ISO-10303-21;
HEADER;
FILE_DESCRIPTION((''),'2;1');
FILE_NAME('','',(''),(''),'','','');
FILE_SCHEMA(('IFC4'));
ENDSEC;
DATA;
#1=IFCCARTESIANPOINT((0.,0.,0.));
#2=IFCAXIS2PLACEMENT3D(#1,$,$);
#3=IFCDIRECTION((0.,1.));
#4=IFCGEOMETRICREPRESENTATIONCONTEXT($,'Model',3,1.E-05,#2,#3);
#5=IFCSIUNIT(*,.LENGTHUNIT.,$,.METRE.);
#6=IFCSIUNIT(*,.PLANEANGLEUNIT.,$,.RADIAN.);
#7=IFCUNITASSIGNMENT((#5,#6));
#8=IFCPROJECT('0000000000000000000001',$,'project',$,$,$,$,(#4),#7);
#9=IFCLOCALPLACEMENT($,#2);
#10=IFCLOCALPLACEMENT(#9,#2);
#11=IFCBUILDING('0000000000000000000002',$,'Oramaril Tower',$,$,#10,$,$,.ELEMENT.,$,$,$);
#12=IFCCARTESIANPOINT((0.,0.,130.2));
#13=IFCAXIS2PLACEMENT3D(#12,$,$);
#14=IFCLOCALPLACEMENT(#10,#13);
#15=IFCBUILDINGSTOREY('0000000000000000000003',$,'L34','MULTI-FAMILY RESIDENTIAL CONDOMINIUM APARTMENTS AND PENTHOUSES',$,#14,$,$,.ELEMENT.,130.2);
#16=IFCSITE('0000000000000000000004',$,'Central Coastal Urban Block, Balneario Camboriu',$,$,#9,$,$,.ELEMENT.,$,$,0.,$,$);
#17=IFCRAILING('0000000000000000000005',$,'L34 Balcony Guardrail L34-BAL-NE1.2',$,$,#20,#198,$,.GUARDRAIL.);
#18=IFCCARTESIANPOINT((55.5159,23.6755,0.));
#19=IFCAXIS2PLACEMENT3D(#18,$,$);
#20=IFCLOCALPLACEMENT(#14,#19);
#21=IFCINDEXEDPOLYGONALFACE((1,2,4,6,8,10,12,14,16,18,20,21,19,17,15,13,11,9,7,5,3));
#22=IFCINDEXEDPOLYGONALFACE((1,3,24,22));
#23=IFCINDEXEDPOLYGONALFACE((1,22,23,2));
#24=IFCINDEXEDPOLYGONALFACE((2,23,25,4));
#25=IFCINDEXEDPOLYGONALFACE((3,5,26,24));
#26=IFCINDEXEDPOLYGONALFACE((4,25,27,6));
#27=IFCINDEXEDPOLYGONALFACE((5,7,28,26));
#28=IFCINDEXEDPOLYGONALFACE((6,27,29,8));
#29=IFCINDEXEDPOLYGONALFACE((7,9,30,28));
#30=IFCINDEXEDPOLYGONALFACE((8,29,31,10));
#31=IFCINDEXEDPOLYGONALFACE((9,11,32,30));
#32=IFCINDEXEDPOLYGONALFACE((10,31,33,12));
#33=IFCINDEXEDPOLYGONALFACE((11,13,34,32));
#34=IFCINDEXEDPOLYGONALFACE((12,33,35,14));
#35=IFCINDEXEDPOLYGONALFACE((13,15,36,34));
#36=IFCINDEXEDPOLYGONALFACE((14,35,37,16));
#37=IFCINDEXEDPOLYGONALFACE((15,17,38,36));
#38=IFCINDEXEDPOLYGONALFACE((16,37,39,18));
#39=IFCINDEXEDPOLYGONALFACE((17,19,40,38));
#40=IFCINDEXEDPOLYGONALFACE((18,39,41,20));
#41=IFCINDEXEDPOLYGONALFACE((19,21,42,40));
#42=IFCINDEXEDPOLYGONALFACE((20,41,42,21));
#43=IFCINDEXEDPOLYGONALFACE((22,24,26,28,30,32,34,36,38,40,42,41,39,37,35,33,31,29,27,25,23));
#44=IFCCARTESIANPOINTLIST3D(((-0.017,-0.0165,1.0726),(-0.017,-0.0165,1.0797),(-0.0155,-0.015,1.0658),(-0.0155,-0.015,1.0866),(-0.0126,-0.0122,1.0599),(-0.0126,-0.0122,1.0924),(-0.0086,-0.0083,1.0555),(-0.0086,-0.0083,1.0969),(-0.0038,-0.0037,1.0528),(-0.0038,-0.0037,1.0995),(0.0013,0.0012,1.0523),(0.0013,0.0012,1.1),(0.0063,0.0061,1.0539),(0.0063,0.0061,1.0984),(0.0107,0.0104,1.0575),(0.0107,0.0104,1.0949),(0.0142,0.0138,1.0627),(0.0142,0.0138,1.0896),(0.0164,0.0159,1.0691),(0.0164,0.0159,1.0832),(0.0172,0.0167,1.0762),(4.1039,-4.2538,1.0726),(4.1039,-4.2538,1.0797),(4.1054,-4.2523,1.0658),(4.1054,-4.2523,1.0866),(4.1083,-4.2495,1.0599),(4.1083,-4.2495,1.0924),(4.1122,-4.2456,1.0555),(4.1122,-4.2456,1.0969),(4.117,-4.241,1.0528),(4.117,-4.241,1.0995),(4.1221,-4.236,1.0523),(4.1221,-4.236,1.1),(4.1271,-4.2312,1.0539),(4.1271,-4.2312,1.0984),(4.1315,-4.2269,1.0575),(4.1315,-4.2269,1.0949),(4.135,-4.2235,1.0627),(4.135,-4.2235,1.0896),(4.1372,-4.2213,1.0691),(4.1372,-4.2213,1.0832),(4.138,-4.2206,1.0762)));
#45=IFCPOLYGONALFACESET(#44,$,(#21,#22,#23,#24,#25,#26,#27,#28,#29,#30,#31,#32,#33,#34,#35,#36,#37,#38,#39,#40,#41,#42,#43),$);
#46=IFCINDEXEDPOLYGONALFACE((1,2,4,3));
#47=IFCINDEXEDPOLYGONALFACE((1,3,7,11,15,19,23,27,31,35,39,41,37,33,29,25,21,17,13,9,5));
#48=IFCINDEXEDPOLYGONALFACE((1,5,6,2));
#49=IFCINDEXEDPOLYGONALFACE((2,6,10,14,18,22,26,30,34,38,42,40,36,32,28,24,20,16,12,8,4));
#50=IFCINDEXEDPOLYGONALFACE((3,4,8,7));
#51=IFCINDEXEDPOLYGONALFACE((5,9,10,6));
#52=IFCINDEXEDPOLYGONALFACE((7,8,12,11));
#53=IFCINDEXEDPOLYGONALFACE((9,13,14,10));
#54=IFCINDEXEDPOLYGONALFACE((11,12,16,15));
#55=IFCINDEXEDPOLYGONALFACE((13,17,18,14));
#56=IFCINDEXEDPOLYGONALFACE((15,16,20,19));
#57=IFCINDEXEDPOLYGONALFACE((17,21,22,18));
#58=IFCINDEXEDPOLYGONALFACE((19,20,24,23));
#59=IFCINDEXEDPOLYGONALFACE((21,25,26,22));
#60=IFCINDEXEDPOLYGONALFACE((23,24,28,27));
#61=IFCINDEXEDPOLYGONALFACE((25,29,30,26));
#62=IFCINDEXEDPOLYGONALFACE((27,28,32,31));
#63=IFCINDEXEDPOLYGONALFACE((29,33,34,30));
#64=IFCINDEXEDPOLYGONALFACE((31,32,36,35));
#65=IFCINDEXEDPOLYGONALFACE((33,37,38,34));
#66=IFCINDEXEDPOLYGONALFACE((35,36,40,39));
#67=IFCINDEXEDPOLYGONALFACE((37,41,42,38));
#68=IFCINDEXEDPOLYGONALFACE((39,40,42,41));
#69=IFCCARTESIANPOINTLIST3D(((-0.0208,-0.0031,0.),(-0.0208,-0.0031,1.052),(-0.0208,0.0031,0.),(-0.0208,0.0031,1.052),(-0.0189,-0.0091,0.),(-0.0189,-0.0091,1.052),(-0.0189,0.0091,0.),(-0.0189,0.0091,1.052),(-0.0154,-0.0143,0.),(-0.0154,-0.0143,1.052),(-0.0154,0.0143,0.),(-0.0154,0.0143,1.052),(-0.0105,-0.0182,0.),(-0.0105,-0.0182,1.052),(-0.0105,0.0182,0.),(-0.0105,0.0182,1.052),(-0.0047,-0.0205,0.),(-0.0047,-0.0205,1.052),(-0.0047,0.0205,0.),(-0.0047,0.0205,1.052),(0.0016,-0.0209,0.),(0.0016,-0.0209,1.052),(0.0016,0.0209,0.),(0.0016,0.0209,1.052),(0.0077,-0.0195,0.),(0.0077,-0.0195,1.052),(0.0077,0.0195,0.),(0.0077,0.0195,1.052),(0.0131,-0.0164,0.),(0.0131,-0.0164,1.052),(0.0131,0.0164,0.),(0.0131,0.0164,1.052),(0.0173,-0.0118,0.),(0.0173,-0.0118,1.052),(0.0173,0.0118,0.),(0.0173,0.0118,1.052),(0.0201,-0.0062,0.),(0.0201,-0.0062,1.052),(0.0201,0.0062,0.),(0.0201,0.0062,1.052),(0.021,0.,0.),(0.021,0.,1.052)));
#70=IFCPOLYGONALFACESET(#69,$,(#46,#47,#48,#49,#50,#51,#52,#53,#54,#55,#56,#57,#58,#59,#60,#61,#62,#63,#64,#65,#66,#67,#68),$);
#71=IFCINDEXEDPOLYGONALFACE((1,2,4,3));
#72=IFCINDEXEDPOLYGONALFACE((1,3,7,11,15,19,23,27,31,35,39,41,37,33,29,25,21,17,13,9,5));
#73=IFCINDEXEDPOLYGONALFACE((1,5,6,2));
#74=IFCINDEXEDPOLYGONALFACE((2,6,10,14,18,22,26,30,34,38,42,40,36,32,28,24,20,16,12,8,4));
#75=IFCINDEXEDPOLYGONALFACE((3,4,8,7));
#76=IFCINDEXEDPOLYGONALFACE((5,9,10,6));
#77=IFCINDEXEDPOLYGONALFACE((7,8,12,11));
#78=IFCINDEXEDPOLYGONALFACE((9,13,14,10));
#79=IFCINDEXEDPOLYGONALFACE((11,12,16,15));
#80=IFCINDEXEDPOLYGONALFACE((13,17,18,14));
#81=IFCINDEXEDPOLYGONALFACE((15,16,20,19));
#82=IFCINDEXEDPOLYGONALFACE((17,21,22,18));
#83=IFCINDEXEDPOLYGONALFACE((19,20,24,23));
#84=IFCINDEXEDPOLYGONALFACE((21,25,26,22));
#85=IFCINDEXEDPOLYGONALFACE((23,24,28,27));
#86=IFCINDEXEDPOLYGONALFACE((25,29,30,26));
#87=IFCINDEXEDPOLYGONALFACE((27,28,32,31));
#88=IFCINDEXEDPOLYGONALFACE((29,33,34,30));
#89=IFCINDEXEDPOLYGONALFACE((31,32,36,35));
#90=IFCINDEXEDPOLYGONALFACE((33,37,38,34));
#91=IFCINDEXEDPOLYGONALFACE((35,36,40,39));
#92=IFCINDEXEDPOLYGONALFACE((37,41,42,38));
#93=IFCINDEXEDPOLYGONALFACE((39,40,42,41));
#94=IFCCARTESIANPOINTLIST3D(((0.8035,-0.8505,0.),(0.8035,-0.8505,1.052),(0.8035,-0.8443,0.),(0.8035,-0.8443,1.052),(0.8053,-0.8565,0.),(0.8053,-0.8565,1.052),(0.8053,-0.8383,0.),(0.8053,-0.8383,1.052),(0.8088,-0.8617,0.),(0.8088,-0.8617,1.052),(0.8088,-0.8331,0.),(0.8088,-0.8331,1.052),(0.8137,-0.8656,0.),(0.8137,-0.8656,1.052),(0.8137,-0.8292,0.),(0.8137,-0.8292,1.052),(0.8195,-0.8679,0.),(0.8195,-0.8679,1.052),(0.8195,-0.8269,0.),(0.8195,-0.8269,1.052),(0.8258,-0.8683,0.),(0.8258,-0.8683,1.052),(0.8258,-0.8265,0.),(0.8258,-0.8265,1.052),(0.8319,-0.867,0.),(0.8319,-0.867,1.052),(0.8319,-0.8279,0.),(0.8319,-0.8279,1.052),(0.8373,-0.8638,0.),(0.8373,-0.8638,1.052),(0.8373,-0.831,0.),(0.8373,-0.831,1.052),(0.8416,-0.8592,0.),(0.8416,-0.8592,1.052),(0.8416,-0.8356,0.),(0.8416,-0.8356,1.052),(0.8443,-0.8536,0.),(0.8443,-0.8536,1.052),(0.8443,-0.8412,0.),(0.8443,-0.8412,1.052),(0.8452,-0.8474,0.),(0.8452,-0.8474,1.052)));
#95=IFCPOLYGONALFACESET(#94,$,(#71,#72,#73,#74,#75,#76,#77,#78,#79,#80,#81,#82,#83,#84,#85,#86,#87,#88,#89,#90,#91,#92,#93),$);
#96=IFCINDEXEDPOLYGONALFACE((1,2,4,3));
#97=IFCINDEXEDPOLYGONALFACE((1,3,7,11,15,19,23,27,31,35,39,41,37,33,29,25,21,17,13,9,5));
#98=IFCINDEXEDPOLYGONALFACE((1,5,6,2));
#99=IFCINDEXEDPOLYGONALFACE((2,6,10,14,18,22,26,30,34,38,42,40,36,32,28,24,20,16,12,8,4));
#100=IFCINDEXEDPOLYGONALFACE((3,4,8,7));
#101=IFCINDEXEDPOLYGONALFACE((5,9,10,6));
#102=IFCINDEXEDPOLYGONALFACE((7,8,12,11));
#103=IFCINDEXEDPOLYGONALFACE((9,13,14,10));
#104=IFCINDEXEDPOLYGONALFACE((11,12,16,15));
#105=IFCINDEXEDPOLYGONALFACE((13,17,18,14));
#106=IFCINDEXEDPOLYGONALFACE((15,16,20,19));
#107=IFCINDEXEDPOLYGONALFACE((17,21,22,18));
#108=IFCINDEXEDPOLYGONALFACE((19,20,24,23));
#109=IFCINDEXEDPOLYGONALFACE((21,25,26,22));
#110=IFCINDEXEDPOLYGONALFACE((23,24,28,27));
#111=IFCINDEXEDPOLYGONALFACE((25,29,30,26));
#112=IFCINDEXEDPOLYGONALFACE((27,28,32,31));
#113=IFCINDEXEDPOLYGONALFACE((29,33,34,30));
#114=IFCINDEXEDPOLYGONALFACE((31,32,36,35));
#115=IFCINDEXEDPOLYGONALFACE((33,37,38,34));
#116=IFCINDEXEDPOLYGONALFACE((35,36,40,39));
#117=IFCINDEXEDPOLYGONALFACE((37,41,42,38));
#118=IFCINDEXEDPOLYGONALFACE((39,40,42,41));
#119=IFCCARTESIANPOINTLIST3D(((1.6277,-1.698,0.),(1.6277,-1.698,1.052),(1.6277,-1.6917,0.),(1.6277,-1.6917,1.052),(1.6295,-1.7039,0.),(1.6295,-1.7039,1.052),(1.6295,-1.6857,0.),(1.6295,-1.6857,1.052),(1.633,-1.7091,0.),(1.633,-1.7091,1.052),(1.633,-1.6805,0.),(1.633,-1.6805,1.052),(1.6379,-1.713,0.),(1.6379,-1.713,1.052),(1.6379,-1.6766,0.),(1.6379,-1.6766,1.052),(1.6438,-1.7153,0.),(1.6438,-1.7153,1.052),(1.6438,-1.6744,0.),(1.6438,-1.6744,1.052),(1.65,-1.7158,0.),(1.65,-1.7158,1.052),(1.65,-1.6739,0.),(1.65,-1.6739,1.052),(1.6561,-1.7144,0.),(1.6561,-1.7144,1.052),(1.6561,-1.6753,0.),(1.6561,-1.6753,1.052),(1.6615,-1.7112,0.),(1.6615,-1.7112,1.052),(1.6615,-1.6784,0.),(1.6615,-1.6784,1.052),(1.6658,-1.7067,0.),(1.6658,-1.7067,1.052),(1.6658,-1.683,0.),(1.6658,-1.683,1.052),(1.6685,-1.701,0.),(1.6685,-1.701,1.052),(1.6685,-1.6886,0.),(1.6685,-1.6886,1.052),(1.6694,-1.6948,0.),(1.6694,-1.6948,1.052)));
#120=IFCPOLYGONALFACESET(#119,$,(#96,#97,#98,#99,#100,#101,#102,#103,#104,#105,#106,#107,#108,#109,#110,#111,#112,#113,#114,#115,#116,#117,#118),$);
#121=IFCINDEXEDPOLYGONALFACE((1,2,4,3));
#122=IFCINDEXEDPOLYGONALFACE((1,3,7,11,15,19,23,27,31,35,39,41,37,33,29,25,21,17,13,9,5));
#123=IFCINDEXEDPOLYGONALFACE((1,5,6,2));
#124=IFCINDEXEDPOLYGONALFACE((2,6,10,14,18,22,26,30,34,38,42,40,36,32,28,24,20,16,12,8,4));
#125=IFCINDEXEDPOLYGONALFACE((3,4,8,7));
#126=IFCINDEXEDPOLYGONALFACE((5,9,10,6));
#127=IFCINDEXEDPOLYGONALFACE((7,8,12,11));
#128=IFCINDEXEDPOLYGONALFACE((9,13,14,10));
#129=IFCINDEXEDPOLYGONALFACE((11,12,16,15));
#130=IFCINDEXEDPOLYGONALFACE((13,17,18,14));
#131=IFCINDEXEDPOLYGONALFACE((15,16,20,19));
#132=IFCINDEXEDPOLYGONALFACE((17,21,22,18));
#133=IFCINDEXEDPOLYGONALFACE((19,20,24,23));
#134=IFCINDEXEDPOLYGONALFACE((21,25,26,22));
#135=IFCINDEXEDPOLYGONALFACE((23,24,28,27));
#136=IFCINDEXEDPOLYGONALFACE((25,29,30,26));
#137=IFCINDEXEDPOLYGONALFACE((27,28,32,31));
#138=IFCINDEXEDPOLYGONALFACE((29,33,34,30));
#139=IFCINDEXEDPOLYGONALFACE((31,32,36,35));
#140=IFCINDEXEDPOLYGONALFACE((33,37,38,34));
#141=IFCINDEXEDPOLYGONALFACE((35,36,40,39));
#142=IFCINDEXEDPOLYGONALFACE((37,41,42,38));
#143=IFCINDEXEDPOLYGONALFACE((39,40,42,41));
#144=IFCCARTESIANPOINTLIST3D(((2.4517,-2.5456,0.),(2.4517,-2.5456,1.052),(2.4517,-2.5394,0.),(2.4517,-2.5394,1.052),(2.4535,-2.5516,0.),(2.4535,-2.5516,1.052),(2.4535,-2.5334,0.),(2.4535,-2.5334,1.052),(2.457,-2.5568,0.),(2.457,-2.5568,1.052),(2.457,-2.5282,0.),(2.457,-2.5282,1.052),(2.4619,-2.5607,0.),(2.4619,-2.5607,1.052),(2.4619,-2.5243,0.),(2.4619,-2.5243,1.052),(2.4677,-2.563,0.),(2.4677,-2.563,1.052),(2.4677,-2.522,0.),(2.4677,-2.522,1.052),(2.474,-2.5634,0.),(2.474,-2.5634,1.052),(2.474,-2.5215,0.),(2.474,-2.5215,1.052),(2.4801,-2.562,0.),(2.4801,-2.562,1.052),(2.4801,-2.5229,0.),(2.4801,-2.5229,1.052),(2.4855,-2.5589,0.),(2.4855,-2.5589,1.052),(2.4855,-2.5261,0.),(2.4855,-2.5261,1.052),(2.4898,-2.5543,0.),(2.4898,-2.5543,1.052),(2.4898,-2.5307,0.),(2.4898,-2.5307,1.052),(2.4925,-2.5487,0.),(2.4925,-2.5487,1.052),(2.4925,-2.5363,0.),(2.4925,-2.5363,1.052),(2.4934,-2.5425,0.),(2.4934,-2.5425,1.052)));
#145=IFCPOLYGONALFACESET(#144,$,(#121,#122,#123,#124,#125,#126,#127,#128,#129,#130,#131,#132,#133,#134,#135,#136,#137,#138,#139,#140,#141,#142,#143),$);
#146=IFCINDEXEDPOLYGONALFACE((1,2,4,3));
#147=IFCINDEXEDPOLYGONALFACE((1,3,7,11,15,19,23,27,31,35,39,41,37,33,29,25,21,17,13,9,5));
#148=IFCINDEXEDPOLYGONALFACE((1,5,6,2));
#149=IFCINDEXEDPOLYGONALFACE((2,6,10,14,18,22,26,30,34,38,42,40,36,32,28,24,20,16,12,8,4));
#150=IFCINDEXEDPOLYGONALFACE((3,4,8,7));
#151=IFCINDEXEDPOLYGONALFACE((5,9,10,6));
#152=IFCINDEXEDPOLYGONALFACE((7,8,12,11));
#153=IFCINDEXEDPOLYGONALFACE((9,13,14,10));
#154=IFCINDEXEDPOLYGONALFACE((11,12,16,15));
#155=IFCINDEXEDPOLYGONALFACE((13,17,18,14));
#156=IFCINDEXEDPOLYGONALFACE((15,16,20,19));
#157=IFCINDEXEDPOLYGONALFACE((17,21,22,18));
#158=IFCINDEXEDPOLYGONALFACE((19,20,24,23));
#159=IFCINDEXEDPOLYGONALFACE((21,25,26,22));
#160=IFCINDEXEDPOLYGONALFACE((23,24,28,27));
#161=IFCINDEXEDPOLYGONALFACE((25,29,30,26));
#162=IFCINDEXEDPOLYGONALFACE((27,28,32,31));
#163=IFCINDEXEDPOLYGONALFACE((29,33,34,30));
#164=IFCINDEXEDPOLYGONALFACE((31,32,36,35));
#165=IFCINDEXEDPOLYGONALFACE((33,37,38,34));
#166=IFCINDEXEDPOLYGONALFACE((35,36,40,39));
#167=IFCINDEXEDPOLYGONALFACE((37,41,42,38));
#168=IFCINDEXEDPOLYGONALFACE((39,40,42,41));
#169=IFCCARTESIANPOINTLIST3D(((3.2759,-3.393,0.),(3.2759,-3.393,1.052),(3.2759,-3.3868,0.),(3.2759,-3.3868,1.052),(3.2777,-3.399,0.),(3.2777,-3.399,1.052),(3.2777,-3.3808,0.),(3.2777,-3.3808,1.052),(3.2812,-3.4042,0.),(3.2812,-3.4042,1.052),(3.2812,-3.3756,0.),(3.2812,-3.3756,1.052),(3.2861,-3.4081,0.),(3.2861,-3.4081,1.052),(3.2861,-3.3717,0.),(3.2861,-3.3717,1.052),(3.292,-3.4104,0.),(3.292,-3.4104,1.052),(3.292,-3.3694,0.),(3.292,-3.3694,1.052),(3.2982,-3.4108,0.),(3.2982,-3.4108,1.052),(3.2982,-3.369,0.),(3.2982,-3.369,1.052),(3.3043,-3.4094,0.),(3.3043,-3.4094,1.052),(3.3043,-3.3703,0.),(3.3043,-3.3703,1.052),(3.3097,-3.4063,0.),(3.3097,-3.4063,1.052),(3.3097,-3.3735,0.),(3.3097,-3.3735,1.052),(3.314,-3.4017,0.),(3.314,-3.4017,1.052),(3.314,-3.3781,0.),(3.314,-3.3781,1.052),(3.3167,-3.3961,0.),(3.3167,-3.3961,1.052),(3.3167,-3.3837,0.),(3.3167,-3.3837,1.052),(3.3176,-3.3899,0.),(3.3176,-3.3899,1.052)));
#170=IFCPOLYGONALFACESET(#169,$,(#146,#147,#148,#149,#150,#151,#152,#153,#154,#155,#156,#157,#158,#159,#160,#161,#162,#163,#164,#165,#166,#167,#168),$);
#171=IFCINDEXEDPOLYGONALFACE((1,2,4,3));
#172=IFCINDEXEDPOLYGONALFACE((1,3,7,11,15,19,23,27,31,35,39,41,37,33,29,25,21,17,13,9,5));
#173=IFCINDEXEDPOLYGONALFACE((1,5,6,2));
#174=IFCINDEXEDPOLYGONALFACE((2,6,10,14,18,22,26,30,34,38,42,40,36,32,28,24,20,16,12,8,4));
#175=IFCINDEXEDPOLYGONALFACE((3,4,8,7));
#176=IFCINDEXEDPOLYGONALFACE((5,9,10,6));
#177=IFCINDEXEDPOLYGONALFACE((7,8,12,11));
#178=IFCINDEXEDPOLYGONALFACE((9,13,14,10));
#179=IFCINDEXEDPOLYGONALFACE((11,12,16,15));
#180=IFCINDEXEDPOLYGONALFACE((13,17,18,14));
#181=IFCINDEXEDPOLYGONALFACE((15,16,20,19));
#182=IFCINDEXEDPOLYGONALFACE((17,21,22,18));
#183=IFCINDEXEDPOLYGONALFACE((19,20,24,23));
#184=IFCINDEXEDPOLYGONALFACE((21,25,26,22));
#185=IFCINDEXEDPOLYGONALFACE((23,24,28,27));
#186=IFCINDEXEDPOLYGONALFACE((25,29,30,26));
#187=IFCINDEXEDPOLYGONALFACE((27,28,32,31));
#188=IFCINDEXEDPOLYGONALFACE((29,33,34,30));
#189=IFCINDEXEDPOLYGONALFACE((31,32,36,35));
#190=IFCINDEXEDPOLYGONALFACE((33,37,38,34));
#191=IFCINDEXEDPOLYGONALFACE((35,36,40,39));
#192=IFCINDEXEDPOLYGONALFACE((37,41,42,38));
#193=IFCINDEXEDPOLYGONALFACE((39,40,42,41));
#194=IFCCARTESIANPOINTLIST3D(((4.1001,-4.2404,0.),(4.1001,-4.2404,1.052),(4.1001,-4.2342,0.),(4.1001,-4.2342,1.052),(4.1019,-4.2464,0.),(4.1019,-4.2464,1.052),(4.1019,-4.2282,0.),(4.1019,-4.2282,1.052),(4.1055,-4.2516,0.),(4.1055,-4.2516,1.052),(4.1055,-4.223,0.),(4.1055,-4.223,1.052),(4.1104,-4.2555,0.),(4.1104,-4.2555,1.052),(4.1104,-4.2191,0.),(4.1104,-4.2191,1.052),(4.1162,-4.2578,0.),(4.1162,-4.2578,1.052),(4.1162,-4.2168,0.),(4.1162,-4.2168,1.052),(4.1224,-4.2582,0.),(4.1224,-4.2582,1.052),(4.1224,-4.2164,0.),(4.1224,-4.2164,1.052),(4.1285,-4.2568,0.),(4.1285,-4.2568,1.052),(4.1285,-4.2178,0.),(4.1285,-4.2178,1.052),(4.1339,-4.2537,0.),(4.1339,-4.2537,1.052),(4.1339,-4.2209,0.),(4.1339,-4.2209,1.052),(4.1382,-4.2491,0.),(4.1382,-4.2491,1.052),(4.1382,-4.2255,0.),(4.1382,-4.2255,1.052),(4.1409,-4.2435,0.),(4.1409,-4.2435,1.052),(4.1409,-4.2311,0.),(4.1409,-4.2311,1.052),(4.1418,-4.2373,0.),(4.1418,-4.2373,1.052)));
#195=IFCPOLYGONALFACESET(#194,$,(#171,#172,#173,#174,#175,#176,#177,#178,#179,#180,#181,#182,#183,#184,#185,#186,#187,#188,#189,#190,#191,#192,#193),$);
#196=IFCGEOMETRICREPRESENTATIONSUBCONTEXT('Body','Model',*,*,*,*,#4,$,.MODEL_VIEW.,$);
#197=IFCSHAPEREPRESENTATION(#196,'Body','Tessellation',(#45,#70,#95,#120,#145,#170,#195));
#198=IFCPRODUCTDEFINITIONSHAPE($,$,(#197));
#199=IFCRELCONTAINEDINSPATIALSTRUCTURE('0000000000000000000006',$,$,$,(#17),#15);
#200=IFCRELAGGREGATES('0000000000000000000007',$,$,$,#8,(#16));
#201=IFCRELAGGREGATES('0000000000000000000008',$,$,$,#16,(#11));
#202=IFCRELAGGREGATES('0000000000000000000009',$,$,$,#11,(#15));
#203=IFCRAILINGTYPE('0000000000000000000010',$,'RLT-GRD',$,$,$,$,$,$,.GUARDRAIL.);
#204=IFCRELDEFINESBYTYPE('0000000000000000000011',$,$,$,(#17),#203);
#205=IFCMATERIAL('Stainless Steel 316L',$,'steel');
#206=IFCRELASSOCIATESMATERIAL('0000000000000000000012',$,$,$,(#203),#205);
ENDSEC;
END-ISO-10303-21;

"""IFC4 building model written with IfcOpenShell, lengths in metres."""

from ifc_helpers import new_model, si_unit, direction, frame, origin, origin_2d, place, context, subcontext, project, spatial, circle, extrude, material, type_object, element, save


model = new_model("IFC4")

# Units and contexts
model_context = context("Model", 3, precision=1e-05, world=origin(), true_north=direction((0.0, 1.0)))
body_context = subcontext(model_context, "Body", "Model", "MODEL_VIEW")
ifc_project = project(units=[si_unit("LENGTHUNIT", "METRE"), si_unit("PLANEANGLEUNIT", "RADIAN")], contexts=[model_context])

# Site, building, storey
site_placement = place(None, origin())
site = spatial("IfcSite", under=ifc_project, at=site_placement, Name="Central Coastal Urban Block, Balneario Camboriu", CompositionType="ELEMENT", RefElevation=0.0)
building_placement = place(site_placement, origin())
building = spatial("IfcBuilding", under=site, at=building_placement, Name="Oramaril Tower", CompositionType="ELEMENT")
storey_placement = place(building_placement, frame((0.0, 0.0, 130.2)))
storey = spatial("IfcBuildingStorey", under=building, at=storey_placement, Name="L34", Description="MULTI-FAMILY RESIDENTIAL CONDOMINIUM APARTMENTS AND PENTHOUSES", CompositionType="ELEMENT", Elevation=130.2)

# Railing
ifc_material_1 = material(Name="Stainless Steel 316L", Category="steel")
railing_type = type_object("IfcRailingType", Name="RLT-GRD", PredefinedType="GUARDRAIL", material=ifc_material_1)
railing_1_placement = place(storey_placement, frame((55.5159, 23.6755, 0.0)))
element("IfcRailing", 1, at=railing_1_placement, inside=storey, type_object=railing_type, Name="L34 Balcony Guardrail L34-BAL-NE1.2", PredefinedType="GUARDRAIL", context=body_context, shape_type="SweptSolid", body=[
    extrude(circle(Radius=0.0239, at=origin_2d()), frame((0.0, 0.0, 1.0762), z_axis=(0.697187, -0.716889, 0.0), x_axis=(0.716889, 0.697187, 0.0)), (0.0, 0.0, 1.0), 5.9106),
    extrude(circle(Radius=0.021, at=origin_2d()), origin(), (0.0, 0.0, 1.0), 1.052),
    extrude(circle(Radius=0.021, at=origin_2d()), frame((0.8242, -0.8474, 0.0)), (0.0, 0.0, 1.0), 1.052),
    extrude(circle(Radius=0.021, at=origin_2d()), frame((1.6484, -1.6948, 0.0)), (0.0, 0.0, 1.0), 1.052),
    extrude(circle(Radius=0.021, at=origin_2d()), frame((2.4724, -2.5425, 0.0)), (0.0, 0.0, 1.0), 1.052),
    extrude(circle(Radius=0.021, at=origin_2d()), frame((3.2966, -3.3899, 0.0)), (0.0, 0.0, 1.0), 1.052),
    extrude(circle(Radius=0.021, at=origin_2d()), frame((4.1208, -4.2373, 0.0)), (0.0, 0.0, 1.0), 1.052),
])

save(model, "model.ifc")
